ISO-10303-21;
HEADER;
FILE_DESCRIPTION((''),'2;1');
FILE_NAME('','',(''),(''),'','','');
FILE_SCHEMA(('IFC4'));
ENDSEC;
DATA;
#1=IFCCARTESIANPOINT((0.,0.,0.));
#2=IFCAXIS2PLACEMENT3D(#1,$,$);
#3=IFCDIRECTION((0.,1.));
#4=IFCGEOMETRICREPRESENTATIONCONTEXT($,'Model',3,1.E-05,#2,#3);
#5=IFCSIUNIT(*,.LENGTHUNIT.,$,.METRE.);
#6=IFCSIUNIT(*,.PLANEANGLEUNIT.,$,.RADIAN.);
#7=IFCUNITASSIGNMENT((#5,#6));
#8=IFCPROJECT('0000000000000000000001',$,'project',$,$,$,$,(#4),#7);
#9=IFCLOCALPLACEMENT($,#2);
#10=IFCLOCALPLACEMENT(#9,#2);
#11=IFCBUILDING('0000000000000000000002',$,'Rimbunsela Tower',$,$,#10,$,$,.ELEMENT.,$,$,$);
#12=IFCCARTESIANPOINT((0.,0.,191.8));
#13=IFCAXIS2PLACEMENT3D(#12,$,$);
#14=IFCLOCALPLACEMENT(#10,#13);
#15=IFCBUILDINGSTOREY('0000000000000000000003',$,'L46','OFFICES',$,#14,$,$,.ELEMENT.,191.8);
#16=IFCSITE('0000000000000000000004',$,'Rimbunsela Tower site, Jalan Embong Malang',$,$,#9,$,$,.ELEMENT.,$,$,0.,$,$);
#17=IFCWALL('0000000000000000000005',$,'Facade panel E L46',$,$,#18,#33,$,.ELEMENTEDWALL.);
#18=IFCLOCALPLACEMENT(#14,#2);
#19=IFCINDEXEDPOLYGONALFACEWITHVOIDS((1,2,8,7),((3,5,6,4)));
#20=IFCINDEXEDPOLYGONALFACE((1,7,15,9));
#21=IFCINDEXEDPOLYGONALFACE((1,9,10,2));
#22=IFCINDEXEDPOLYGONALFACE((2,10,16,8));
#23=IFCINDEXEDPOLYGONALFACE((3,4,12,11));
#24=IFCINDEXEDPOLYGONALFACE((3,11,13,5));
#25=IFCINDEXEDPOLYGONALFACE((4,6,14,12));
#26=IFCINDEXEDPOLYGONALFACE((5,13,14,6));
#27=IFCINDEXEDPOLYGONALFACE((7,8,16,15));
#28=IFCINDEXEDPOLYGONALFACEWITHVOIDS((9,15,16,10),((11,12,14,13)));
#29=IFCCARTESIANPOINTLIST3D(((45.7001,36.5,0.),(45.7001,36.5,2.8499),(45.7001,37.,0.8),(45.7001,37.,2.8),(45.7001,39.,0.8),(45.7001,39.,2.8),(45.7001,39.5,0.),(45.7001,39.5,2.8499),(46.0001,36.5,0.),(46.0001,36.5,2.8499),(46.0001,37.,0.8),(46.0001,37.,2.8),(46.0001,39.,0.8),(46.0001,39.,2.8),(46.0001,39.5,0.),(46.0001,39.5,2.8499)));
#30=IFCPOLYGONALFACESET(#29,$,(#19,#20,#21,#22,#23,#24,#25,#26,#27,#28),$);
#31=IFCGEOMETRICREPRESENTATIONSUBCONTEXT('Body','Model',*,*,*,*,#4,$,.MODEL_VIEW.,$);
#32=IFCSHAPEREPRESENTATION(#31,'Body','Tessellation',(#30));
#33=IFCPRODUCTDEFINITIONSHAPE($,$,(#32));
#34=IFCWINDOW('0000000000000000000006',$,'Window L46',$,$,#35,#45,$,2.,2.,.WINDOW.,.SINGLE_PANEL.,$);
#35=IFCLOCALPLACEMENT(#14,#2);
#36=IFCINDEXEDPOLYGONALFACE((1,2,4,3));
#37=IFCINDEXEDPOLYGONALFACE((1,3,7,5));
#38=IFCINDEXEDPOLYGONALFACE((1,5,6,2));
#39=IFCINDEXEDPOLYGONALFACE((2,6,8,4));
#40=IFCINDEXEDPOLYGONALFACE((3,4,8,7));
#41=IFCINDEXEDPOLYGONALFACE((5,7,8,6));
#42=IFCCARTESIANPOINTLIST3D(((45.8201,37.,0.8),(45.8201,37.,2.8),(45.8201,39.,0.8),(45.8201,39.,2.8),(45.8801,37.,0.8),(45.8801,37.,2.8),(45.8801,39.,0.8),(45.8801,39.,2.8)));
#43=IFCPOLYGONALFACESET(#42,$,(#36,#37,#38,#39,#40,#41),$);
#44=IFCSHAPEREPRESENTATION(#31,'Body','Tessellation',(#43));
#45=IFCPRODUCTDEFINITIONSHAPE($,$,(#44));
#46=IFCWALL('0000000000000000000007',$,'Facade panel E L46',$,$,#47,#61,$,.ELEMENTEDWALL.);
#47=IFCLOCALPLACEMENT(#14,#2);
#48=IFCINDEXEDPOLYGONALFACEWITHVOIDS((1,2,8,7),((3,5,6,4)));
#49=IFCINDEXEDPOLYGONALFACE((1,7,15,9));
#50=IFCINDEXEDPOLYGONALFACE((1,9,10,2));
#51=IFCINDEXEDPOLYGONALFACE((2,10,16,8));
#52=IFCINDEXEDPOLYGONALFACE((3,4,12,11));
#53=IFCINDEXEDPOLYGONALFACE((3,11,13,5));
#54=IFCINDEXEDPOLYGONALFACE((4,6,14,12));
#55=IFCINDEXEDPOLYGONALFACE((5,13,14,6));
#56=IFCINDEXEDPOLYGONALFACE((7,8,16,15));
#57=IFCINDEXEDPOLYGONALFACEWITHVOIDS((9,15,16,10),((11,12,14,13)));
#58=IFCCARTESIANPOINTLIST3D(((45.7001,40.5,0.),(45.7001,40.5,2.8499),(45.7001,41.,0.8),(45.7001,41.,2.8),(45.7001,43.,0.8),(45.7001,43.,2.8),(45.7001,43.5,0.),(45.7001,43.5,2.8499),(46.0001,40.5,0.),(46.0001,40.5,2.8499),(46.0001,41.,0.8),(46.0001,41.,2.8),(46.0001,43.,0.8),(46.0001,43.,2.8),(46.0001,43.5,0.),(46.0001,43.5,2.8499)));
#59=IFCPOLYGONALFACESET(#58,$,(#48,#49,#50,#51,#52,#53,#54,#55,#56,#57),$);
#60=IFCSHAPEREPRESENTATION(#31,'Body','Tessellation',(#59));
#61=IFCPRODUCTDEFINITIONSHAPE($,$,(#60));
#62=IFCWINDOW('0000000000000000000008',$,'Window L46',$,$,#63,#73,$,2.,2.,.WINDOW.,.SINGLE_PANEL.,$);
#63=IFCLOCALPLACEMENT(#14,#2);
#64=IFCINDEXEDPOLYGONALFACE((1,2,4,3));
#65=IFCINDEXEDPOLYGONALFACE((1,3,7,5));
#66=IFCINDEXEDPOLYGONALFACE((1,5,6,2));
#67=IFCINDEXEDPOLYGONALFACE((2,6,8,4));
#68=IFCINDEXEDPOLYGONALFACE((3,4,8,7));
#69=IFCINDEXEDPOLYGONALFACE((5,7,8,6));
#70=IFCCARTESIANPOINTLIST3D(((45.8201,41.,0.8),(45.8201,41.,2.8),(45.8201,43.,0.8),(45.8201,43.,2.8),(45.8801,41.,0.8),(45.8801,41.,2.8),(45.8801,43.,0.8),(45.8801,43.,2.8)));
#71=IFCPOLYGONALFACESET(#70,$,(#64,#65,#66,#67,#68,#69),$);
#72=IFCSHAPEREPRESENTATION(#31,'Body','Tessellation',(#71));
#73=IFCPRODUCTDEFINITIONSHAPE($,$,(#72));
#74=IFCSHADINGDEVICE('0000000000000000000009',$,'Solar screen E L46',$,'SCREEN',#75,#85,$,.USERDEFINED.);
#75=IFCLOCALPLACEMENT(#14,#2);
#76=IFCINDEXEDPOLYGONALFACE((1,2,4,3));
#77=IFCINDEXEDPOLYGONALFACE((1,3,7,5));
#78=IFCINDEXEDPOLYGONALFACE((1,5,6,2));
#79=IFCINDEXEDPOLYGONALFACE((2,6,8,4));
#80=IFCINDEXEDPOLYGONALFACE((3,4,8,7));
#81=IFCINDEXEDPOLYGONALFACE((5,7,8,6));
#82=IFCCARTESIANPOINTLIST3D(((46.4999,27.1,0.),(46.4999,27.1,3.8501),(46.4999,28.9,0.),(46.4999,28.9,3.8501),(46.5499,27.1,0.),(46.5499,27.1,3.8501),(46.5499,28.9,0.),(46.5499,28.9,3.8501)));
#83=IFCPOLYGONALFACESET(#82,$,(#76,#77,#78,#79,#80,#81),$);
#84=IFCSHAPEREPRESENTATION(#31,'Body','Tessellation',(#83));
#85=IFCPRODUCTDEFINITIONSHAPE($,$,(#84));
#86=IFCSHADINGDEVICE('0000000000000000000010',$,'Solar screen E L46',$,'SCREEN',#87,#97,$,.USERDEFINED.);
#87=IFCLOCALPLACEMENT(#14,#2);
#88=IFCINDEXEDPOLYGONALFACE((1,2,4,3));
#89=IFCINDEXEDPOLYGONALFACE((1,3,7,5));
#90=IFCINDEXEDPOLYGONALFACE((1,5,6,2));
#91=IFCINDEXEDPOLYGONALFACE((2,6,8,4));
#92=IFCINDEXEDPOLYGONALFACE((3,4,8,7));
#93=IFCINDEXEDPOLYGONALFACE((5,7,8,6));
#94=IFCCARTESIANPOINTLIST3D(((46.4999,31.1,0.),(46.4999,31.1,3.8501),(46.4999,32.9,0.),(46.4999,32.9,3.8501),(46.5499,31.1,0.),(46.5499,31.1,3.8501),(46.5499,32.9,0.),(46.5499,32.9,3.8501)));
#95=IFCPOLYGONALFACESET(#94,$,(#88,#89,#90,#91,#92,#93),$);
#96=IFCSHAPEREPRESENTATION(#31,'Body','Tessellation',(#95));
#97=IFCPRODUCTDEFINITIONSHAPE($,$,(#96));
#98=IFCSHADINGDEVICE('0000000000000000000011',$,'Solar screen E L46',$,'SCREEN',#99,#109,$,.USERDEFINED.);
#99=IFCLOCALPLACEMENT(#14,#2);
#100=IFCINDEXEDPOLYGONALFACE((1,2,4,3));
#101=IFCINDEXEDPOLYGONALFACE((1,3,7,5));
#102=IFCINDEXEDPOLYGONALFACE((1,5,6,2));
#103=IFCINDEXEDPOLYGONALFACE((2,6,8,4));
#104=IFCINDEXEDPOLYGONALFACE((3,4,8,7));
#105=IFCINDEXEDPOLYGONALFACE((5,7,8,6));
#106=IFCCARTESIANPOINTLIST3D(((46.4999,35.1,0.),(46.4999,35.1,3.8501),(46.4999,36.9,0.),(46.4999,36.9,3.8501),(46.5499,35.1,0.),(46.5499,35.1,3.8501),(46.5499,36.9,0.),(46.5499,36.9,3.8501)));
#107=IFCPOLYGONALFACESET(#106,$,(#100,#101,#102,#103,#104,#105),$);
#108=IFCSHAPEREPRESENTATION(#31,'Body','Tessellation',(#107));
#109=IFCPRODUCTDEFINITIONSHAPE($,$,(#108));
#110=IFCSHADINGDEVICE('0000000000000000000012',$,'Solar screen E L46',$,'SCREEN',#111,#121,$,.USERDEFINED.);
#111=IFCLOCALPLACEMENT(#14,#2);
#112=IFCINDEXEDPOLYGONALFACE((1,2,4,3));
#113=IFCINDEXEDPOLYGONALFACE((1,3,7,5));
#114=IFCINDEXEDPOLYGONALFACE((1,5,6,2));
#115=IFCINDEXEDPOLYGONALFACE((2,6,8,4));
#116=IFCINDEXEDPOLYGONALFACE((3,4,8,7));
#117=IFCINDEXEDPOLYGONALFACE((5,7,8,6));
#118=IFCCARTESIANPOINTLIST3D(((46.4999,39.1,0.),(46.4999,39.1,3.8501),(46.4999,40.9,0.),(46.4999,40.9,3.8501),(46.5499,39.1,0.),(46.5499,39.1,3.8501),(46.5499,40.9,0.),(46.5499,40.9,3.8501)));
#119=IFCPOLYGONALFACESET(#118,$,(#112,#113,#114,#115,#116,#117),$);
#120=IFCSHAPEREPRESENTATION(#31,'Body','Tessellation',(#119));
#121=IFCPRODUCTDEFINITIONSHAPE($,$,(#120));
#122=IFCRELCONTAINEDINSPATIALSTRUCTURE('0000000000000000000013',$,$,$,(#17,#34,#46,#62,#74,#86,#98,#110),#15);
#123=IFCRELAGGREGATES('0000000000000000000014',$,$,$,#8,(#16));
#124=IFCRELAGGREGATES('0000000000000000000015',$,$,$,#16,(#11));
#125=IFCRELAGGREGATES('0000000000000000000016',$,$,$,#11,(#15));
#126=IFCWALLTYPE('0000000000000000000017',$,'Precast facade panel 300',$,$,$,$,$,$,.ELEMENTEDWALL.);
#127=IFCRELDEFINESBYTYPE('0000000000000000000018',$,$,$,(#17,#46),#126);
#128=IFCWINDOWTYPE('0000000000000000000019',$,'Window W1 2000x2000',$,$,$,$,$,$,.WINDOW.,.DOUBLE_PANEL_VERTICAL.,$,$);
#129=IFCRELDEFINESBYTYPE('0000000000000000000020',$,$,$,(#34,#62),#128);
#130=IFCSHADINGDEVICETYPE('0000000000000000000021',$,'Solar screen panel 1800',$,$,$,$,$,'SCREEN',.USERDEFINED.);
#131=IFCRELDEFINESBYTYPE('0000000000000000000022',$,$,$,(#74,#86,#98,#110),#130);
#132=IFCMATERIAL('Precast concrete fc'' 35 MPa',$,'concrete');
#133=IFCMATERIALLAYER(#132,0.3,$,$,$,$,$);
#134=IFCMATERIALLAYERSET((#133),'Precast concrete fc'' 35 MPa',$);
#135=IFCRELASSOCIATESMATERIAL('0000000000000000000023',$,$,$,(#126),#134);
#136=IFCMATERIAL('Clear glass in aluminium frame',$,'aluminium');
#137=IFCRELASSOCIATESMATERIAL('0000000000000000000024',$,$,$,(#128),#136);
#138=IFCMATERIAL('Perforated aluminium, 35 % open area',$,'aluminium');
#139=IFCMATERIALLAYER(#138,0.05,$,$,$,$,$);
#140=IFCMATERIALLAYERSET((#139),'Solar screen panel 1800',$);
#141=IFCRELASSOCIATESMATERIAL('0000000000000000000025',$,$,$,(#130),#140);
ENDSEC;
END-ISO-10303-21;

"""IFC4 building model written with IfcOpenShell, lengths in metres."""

from ifc_helpers import new_model, si_unit, direction, frame, frame_2d, origin, origin_2d, place, context, subcontext, project, spatial, rectangle, extrude, material, layer, layer_set, type_object, element, fill, save


model = new_model("IFC4")

# Units and contexts
model_context = context("Model", 3, precision=1e-05, world=origin(), true_north=direction((0.0, 1.0)))
body_context = subcontext(model_context, "Body", "Model", "MODEL_VIEW")
ifc_project = project(units=[si_unit("LENGTHUNIT", "METRE"), si_unit("PLANEANGLEUNIT", "RADIAN")], contexts=[model_context])

# Site, building, storey
site_placement = place(None, origin())
site = spatial("IfcSite", under=ifc_project, at=site_placement, Name="Rimbunsela Tower site, Jalan Embong Malang", CompositionType="ELEMENT", RefElevation=0.0)
building_placement = place(site_placement, origin())
building = spatial("IfcBuilding", under=site, at=building_placement, Name="Rimbunsela Tower", CompositionType="ELEMENT")
storey_placement = place(building_placement, frame((0.0, 0.0, 191.8)))
storey = spatial("IfcBuildingStorey", under=building, at=storey_placement, Name="L46", Description="OFFICES", CompositionType="ELEMENT", Elevation=191.8)

# Walls, openings, windows
ifc_material_1 = material(Name="Precast concrete fc' 35 MPa", Category="concrete")
ifc_layer_1 = layer(ifc_material_1, 0.3)
ifc_layer_set_1 = layer_set([ifc_layer_1], Name="Precast concrete fc' 35 MPa")
wall_type_1 = type_object("IfcWallType", Name="Precast facade panel 300", PredefinedType="ELEMENTEDWALL", material=ifc_layer_set_1)
ifc_material_2 = material(Name="Clear glass in aluminium frame", Category="aluminium")
window_type = type_object("IfcWindowType", Name="Window W1 2000x2000", PartitioningType="DOUBLE_PANEL_VERTICAL", PredefinedType="WINDOW", material=ifc_material_2)
wall_1_placement = place(storey_placement, frame((45.8501, 36.5, 0.0), z_axis=(0.0, 0.0, 1.0), x_axis=(0.0, 1.0, 0.0)))
wall_1 = element("IfcWall", 1, at=wall_1_placement, inside=storey, type_object=wall_type_1, Name="Facade panel E L46", PredefinedType="ELEMENTEDWALL", context=body_context, shape_type="SweptSolid", body=[
    extrude(rectangle(XDim=3.0, YDim=0.3, at=frame_2d((1.5, 0.0))), origin(), (0.0, 0.0, 1.0), 2.8499),
])
opening_1_placement = place(wall_1_placement, frame((0.5, 0.0, 0.8)))
opening_1 = element("IfcOpeningElement", 2, at=opening_1_placement, cuts=wall_1, PredefinedType="OPENING", context=body_context, shape_type="SweptSolid", body=[
    extrude(rectangle(XDim=2.0, YDim=2.0, at=frame_2d((1.0, 1.0))), frame((0.0, 0.1599, 0.0), z_axis=(0.0, -1.0, 0.0), x_axis=(1.0, 0.0, 0.0)), (0.0, 0.0, 1.0), 0.3201),
])
window_1_placement = place(opening_1_placement, origin())
window_1 = element("IfcWindow", 3, at=window_1_placement, inside=storey, type_object=window_type, Name="Window L46", OverallHeight=2.0, OverallWidth=2.0, PartitioningType="SINGLE_PANEL", PredefinedType="WINDOW", context=body_context, shape_type="SweptSolid", body=[
    extrude(rectangle(XDim=2.0, YDim=2.0, at=frame_2d((1.0, 1.0))), frame((0.0, 0.03, 0.0), z_axis=(0.0, -1.0, 0.0), x_axis=(1.0, 0.0, 0.0)), (0.0, 0.0, 1.0), 0.0601),
])
fill(opening_1, window_1)
wall_2_placement = place(storey_placement, frame((45.8501, 40.5, 0.0), z_axis=(0.0, 0.0, 1.0), x_axis=(0.0, 1.0, 0.0)))
wall_2 = element("IfcWall", 4, at=wall_2_placement, inside=storey, type_object=wall_type_1, Name="Facade panel E L46", PredefinedType="ELEMENTEDWALL", context=body_context, shape_type="SweptSolid", body=[
    extrude(rectangle(XDim=3.0, YDim=0.3, at=frame_2d((1.5, 0.0))), origin(), (0.0, 0.0, 1.0), 2.8499),
])
opening_2_placement = place(wall_2_placement, frame((0.5, 0.0, 0.8)))
opening_2 = element("IfcOpeningElement", 5, at=opening_2_placement, cuts=wall_2, PredefinedType="OPENING", context=body_context, shape_type="SweptSolid", body=[
    extrude(rectangle(XDim=2.0, YDim=2.0, at=frame_2d((1.0, 1.0))), frame((0.0, 0.1599, 0.0), z_axis=(0.0, -1.0, 0.0), x_axis=(1.0, 0.0, 0.0)), (0.0, 0.0, 1.0), 0.3201),
])
window_2_placement = place(opening_2_placement, origin())
window_2 = element("IfcWindow", 6, at=window_2_placement, inside=storey, type_object=window_type, Name="Window L46", OverallHeight=2.0, OverallWidth=2.0, PartitioningType="SINGLE_PANEL", PredefinedType="WINDOW", context=body_context, shape_type="SweptSolid", body=[
    extrude(rectangle(XDim=2.0, YDim=2.0, at=frame_2d((1.0, 1.0))), frame((0.0, 0.03, 0.0), z_axis=(0.0, -1.0, 0.0), x_axis=(1.0, 0.0, 0.0)), (0.0, 0.0, 1.0), 0.0601),
])
fill(opening_2, window_2)

# Shading devices
ifc_material_3 = material(Name="Perforated aluminium, 35 % open area", Category="aluminium")
ifc_layer_2 = layer(ifc_material_3, 0.05)
ifc_layer_set_2 = layer_set([ifc_layer_2], Name="Solar screen panel 1800")
shading_device_type = type_object("IfcShadingDeviceType", Name="Solar screen panel 1800", ElementType="SCREEN", PredefinedType="USERDEFINED", material=ifc_layer_set_2)
for number, where, z_axis, x_axis, name in (
    (7, (46.5249, 28.0, 0.0), (0.0, 0.0, 1.0), (0.0, 1.0, 0.0), "Solar screen E L46"),
    (8, (46.5249, 32.0, 0.0), (0.0, 0.0, 1.0), (0.0, 1.0, 0.0), "Solar screen E L46"),
    (9, (46.5249, 36.0, 0.0), (0.0, 0.0, 1.0), (0.0, 1.0, 0.0), "Solar screen E L46"),
    (10, (46.5249, 40.0, 0.0), (0.0, 0.0, 1.0), (0.0, 1.0, 0.0), "Solar screen E L46"),
):
    element("IfcShadingDevice", number, at=place(storey_placement, frame(where, z_axis=z_axis, x_axis=x_axis)), inside=storey, type_object=shading_device_type, Name=name, ObjectType="SCREEN", PredefinedType="USERDEFINED", context=body_context, shape_type="SweptSolid", body=[
        extrude(rectangle(XDim=1.8, YDim=0.05, at=origin_2d()), origin(), (0.0, 0.0, 1.0), 3.8501),
    ])

save(model, "model.ifc")
